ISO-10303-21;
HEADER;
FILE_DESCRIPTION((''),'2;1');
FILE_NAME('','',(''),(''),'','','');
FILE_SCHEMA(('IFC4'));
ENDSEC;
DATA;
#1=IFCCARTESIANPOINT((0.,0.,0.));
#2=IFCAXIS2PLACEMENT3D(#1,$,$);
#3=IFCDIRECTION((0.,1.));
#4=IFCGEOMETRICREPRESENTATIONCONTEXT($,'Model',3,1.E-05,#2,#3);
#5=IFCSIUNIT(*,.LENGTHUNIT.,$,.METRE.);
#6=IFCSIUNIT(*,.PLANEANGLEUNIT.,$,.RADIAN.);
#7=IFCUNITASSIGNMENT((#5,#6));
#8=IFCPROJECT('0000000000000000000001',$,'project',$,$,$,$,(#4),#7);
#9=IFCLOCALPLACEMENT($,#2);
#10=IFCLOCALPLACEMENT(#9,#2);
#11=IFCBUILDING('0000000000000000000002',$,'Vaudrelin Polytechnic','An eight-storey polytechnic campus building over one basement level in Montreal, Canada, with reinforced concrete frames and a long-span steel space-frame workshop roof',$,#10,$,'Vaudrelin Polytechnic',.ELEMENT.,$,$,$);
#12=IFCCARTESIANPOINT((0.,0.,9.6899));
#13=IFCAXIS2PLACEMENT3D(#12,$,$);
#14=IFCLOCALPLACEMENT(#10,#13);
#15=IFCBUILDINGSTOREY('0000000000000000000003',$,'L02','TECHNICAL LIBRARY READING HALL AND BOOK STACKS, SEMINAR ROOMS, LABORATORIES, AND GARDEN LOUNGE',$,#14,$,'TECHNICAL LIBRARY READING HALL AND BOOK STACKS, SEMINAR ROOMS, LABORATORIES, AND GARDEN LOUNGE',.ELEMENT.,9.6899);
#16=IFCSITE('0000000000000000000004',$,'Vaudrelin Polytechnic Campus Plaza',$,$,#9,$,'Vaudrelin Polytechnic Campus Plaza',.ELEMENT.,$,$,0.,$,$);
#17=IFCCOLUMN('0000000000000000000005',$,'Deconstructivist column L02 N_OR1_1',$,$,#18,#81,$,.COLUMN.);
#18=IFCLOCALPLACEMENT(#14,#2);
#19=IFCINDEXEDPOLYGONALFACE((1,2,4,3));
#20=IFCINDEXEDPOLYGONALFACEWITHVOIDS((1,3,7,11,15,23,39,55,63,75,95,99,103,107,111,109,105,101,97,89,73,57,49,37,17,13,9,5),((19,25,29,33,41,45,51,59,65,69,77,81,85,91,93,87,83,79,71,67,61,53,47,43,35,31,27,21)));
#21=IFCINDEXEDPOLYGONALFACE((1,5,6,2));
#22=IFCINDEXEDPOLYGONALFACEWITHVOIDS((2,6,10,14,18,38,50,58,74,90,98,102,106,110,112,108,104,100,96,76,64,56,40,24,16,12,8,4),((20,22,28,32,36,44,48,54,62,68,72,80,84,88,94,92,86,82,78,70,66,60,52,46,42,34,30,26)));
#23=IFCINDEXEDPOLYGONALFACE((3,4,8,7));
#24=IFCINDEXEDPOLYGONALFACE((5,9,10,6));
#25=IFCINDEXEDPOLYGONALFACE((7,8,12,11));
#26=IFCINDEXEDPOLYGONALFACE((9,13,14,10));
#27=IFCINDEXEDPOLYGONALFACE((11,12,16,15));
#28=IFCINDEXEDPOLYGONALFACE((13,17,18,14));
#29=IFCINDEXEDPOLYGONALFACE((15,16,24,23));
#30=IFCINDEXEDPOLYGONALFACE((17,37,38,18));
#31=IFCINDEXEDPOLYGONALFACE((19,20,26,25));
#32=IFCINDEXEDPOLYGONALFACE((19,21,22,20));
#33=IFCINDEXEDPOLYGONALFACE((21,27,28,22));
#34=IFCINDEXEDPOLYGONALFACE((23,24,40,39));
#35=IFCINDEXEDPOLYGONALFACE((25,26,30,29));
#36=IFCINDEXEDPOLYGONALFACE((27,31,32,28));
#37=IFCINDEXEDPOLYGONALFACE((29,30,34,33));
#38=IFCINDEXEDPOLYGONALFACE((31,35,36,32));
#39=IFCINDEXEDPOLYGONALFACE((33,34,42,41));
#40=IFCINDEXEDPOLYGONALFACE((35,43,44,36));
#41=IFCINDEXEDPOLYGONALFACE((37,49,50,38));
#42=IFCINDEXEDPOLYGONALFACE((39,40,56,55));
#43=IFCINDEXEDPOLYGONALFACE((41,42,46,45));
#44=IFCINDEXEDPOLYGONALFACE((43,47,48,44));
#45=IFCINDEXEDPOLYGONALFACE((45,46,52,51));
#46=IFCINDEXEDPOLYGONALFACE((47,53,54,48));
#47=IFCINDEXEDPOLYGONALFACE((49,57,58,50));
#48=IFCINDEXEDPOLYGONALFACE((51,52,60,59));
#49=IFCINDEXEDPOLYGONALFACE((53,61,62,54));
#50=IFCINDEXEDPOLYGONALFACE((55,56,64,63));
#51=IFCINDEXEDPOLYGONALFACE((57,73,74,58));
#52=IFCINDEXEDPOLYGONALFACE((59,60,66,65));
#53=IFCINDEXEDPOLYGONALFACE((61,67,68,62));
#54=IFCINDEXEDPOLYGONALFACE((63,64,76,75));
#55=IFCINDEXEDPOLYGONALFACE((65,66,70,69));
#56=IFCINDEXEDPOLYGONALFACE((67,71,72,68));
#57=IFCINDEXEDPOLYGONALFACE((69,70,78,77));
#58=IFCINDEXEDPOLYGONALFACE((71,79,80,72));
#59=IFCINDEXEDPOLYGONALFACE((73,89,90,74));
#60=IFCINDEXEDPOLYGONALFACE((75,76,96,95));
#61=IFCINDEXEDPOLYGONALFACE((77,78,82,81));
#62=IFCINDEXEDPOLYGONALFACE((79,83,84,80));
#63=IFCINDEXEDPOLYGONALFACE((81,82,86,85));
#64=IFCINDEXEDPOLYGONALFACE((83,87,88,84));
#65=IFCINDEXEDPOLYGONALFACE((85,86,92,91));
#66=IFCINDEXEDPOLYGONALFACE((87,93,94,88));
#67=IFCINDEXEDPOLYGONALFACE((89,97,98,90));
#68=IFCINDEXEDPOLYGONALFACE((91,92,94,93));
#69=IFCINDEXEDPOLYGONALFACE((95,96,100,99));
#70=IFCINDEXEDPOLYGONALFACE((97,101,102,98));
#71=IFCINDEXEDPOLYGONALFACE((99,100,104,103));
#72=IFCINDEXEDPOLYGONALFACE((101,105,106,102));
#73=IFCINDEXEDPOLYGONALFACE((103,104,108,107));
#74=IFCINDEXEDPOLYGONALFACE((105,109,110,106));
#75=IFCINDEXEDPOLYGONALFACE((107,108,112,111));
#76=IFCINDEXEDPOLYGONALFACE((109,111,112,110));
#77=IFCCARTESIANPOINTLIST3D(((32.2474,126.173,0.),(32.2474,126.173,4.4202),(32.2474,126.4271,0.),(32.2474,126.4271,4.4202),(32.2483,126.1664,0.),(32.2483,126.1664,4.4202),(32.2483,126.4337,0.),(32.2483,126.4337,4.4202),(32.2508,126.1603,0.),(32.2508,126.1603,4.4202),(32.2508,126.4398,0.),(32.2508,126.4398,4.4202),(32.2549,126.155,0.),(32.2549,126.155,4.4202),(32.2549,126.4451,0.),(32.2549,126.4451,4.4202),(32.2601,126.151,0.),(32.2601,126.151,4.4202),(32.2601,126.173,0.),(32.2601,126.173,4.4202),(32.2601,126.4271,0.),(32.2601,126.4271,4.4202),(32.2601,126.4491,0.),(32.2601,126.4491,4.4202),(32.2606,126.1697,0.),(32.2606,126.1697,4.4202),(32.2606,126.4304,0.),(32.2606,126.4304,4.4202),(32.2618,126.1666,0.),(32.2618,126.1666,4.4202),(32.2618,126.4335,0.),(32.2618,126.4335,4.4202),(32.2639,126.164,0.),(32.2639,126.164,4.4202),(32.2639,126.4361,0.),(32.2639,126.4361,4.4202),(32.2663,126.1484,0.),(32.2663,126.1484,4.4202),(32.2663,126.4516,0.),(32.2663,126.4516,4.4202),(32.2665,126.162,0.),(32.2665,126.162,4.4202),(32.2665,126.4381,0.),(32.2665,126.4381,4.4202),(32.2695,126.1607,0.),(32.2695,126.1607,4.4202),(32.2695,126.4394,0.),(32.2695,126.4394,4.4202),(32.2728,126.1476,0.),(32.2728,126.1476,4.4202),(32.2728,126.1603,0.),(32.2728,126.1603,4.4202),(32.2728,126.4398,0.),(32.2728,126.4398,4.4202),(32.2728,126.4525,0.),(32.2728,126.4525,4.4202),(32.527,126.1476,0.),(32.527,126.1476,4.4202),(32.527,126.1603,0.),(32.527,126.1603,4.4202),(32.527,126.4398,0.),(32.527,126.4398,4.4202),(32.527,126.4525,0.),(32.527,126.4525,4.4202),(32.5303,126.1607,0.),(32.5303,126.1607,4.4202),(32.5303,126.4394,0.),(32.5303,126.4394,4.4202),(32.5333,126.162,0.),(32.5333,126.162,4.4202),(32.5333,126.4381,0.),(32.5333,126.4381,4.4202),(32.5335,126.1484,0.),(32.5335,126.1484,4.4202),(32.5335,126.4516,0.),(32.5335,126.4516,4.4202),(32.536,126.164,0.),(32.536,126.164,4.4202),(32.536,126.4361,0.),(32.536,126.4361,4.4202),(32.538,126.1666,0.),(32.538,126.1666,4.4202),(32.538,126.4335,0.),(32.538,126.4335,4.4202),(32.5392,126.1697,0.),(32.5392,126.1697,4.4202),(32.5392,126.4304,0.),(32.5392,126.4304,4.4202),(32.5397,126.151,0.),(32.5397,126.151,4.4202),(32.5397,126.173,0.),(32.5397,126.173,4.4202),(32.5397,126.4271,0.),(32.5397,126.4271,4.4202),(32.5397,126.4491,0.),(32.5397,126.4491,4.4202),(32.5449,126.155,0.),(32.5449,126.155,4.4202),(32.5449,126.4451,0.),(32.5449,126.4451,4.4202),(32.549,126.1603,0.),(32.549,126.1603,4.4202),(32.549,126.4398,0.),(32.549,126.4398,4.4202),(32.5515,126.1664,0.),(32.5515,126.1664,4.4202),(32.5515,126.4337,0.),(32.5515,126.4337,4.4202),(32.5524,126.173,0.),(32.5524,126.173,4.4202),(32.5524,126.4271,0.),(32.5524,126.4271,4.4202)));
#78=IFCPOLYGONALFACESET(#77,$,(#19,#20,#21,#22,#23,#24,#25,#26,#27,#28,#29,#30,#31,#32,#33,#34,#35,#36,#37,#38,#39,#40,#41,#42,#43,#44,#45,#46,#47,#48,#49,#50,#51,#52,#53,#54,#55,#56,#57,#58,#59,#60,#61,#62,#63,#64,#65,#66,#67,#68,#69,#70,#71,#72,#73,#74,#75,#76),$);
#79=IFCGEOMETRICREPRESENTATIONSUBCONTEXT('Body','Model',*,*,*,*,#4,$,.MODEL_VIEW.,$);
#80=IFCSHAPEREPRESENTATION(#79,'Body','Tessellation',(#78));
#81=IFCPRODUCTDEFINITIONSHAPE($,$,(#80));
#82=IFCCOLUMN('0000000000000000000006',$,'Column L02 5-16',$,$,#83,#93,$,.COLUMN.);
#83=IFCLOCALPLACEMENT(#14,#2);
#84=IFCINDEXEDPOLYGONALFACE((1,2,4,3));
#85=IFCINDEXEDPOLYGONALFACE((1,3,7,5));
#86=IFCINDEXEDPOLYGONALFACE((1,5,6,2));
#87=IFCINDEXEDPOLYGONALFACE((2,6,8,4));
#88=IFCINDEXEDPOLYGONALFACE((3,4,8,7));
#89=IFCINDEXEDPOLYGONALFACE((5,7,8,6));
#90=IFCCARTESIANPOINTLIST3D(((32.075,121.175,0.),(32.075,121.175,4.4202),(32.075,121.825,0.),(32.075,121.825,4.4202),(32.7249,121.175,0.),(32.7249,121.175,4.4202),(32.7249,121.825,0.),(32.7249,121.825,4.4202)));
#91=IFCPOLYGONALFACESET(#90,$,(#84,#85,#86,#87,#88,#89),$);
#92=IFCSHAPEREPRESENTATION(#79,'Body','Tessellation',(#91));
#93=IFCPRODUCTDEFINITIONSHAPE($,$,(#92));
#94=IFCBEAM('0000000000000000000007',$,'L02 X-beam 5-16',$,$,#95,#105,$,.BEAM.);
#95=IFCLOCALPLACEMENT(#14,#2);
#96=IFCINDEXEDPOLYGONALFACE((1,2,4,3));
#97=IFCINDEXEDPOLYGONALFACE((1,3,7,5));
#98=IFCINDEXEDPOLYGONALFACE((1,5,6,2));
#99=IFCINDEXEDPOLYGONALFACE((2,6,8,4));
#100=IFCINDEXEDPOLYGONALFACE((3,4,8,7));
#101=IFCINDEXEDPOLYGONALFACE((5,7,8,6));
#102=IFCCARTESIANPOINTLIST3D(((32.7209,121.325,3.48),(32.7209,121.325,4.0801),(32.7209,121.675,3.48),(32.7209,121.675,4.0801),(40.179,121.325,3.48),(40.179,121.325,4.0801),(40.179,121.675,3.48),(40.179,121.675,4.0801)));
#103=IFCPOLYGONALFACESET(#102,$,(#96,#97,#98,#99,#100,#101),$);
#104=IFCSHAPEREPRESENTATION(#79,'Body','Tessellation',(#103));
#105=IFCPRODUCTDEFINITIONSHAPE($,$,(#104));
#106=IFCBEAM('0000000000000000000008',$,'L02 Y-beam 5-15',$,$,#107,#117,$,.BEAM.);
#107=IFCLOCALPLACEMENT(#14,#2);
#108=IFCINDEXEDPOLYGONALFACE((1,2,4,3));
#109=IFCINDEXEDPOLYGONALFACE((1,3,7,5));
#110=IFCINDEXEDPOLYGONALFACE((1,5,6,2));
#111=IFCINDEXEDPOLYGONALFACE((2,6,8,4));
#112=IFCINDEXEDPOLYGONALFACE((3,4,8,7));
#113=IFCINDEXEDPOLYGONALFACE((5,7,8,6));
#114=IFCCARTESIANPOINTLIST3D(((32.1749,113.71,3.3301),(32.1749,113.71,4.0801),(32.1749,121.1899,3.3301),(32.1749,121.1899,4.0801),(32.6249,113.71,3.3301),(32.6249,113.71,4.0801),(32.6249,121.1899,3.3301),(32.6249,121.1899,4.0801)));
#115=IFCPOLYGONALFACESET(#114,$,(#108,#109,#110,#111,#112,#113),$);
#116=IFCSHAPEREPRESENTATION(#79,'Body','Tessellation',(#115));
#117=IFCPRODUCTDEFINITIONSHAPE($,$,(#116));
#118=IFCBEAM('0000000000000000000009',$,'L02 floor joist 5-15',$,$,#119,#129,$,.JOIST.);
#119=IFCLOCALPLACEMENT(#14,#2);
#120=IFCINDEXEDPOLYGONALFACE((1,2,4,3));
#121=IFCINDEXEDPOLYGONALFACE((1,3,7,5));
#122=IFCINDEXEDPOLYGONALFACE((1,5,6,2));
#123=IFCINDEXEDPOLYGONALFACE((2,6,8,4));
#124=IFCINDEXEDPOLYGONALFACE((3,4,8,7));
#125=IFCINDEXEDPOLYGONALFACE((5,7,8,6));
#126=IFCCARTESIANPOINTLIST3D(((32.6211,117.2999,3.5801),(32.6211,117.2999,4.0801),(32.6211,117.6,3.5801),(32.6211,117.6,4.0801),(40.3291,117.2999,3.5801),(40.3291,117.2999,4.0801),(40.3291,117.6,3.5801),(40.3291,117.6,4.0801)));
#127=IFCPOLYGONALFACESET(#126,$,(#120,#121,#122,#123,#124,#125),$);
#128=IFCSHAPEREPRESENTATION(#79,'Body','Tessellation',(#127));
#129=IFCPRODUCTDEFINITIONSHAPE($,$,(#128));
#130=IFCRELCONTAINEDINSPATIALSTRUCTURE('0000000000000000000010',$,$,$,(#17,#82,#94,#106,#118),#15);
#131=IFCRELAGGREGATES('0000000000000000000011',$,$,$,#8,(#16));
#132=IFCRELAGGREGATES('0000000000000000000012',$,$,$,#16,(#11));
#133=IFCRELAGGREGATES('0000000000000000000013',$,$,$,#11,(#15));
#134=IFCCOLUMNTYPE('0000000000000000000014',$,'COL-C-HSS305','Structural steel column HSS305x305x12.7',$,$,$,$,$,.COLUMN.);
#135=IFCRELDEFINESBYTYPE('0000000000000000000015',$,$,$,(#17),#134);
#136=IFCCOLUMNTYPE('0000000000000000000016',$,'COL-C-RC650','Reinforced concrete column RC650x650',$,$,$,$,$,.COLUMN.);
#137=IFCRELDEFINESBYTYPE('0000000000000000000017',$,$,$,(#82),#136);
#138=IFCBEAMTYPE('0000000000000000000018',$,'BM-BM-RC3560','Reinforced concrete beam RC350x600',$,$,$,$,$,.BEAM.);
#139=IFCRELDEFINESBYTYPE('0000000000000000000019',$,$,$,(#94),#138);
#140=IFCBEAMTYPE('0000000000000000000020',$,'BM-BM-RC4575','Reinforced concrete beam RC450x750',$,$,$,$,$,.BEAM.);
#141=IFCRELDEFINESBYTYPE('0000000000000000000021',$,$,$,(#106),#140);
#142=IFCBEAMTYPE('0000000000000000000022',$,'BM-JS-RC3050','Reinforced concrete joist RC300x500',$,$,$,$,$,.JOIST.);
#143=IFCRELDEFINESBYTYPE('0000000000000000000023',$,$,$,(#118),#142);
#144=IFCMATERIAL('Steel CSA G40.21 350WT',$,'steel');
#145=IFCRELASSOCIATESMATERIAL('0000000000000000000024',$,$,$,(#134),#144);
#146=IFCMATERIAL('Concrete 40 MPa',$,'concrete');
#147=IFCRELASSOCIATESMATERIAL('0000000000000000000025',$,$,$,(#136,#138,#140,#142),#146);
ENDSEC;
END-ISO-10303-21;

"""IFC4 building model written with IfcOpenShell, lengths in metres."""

from ifc_helpers import new_model, si_unit, direction, frame, origin, origin_2d, place, context, subcontext, project, spatial, rectangle, hollow_rectangle, extrude, material, material_profile, profile_set, type_object, element, save


model = new_model("IFC4")

# Units and contexts
model_context = context("Model", 3, precision=1e-05, world=origin(), true_north=direction((0.0, 1.0)))
body_context = subcontext(model_context, "Body", "Model", "MODEL_VIEW")
ifc_project = project(units=[si_unit("LENGTHUNIT", "METRE"), si_unit("PLANEANGLEUNIT", "RADIAN")], contexts=[model_context])

# Site, building, storey
site_placement = place(None, origin())
site = spatial("IfcSite", under=ifc_project, at=site_placement, Name="Vaudrelin Polytechnic Campus Plaza", LongName="Vaudrelin Polytechnic Campus Plaza", CompositionType="ELEMENT", RefElevation=0.0)
building_placement = place(site_placement, origin())
building = spatial("IfcBuilding", under=site, at=building_placement, Name="Vaudrelin Polytechnic", Description="An eight-storey polytechnic campus building over one basement level in Montreal, Canada, with reinforced concrete frames and a long-span steel space-frame workshop roof", LongName="Vaudrelin Polytechnic", CompositionType="ELEMENT")
storey_placement = place(building_placement, frame((0.0, 0.0, 9.6899)))
storey = spatial("IfcBuildingStorey", under=building, at=storey_placement, Name="L02", Description="TECHNICAL LIBRARY READING HALL AND BOOK STACKS, SEMINAR ROOMS, LABORATORIES, AND GARDEN LOUNGE", LongName="TECHNICAL LIBRARY READING HALL AND BOOK STACKS, SEMINAR ROOMS, LABORATORIES, AND GARDEN LOUNGE", CompositionType="ELEMENT", Elevation=9.6899)

# Columns
ifc_material_1 = material(Name="Steel CSA G40.21 350WT", Category="steel")
ifc_material_profile_1 = material_profile(ifc_material_1, hollow_rectangle(XDim=0.3049, YDim=0.3049, WallThickness=0.0127, InnerFilletRadius=0.0127, OuterFilletRadius=0.0254, at=origin_2d()), Name="HSS305x305x12.7")
ifc_profile_set_1 = profile_set([ifc_material_profile_1], Name="Steel CSA G40.21 350WT")
column_type_1 = type_object("IfcColumnType", Name="COL-C-HSS305", Description="Structural steel column HSS305x305x12.7", PredefinedType="COLUMN", material=ifc_profile_set_1)
column_1_placement = place(storey_placement, frame((32.3999, 126.3, 0.0), z_axis=(0.0, 0.0, 1.0), x_axis=(1.0, 0.0, 0.0)))
element("IfcColumn", 1, at=column_1_placement, inside=storey, type_object=column_type_1, Name="Deconstructivist column L02 N_OR1_1", PredefinedType="COLUMN", context=body_context, shape_type="SweptSolid", body=[
    extrude(hollow_rectangle(XDim=0.3049, YDim=0.3049, WallThickness=0.0127, InnerFilletRadius=0.0127, OuterFilletRadius=0.0254, at=origin_2d()), origin(), (0.0, 0.0, 1.0), 4.4202),
])
ifc_material_2 = material(Name="Concrete 40 MPa", Category="concrete")
ifc_material_profile_2 = material_profile(ifc_material_2, rectangle(XDim=0.6499, YDim=0.6499, at=origin_2d()), Name="RC650x650")
ifc_profile_set_2 = profile_set([ifc_material_profile_2], Name="Concrete 40 MPa")
column_type_2 = type_object("IfcColumnType", Name="COL-C-RC650", Description="Reinforced concrete column RC650x650", PredefinedType="COLUMN", material=ifc_profile_set_2)
column_2_placement = place(storey_placement, frame((32.3999, 121.5, 0.0), z_axis=(0.0, 0.0, 1.0), x_axis=(1.0, 0.0, 0.0)))
element("IfcColumn", 2, at=column_2_placement, inside=storey, type_object=column_type_2, Name="Column L02 5-16", PredefinedType="COLUMN", context=body_context, shape_type="SweptSolid", body=[
    extrude(rectangle(XDim=0.6499, YDim=0.6499, at=origin_2d()), origin(), (0.0, 0.0, 1.0), 4.4202),
])

# Beams
ifc_material_profile_3 = material_profile(ifc_material_2, rectangle(XDim=0.3501, YDim=0.6001, at=origin_2d()), Name="RC350x600")
ifc_profile_set_3 = profile_set([ifc_material_profile_3], Name="Concrete 40 MPa")
beam_type_1 = type_object("IfcBeamType", Name="BM-BM-RC3560", Description="Reinforced concrete beam RC350x600", PredefinedType="BEAM", material=ifc_profile_set_3)
beam_1_placement = place(storey_placement, frame((32.7209, 121.5, 3.78), z_axis=(1.0, 0.0, 0.0), x_axis=(0.0, 1.0, 0.0)))
element("IfcBeam", 3, at=beam_1_placement, inside=storey, type_object=beam_type_1, Name="L02 X-beam 5-16", PredefinedType="BEAM", context=body_context, shape_type="SweptSolid", body=[
    extrude(rectangle(XDim=0.3501, YDim=0.6001, at=origin_2d()), origin(), (0.0, 0.0, 1.0), 7.458),
])
ifc_material_profile_4 = material_profile(ifc_material_2, rectangle(XDim=0.45, YDim=0.75, at=origin_2d()), Name="RC450x750")
ifc_profile_set_4 = profile_set([ifc_material_profile_4], Name="Concrete 40 MPa")
beam_type_2 = type_object("IfcBeamType", Name="BM-BM-RC4575", Description="Reinforced concrete beam RC450x750", PredefinedType="BEAM", material=ifc_profile_set_4)
beam_2_placement = place(storey_placement, frame((32.3999, 113.71, 3.7051), z_axis=(0.0, 1.0, 0.0), x_axis=(-1.0, 0.0, 0.0)))
element("IfcBeam", 4, at=beam_2_placement, inside=storey, type_object=beam_type_2, Name="L02 Y-beam 5-15", PredefinedType="BEAM", context=body_context, shape_type="SweptSolid", body=[
    extrude(rectangle(XDim=0.45, YDim=0.75, at=origin_2d()), origin(), (0.0, 0.0, 1.0), 7.48),
])
ifc_material_profile_5 = material_profile(ifc_material_2, rectangle(XDim=0.3, YDim=0.5, at=origin_2d()), Name="RC300x500")
ifc_profile_set_5 = profile_set([ifc_material_profile_5], Name="Concrete 40 MPa")
beam_type_3 = type_object("IfcBeamType", Name="BM-JS-RC3050", Description="Reinforced concrete joist RC300x500", PredefinedType="JOIST", material=ifc_profile_set_5)
beam_3_placement = place(storey_placement, frame((32.6211, 117.45, 3.8301), z_axis=(1.0, 0.0, 0.0), x_axis=(0.0, 1.0, 0.0)))
element("IfcBeam", 5, at=beam_3_placement, inside=storey, type_object=beam_type_3, Name="L02 floor joist 5-15", PredefinedType="JOIST", context=body_context, shape_type="SweptSolid", body=[
    extrude(rectangle(XDim=0.3, YDim=0.5, at=origin_2d()), origin(), (0.0, 0.0, 1.0), 7.708),
])

save(model, "model.ifc")
